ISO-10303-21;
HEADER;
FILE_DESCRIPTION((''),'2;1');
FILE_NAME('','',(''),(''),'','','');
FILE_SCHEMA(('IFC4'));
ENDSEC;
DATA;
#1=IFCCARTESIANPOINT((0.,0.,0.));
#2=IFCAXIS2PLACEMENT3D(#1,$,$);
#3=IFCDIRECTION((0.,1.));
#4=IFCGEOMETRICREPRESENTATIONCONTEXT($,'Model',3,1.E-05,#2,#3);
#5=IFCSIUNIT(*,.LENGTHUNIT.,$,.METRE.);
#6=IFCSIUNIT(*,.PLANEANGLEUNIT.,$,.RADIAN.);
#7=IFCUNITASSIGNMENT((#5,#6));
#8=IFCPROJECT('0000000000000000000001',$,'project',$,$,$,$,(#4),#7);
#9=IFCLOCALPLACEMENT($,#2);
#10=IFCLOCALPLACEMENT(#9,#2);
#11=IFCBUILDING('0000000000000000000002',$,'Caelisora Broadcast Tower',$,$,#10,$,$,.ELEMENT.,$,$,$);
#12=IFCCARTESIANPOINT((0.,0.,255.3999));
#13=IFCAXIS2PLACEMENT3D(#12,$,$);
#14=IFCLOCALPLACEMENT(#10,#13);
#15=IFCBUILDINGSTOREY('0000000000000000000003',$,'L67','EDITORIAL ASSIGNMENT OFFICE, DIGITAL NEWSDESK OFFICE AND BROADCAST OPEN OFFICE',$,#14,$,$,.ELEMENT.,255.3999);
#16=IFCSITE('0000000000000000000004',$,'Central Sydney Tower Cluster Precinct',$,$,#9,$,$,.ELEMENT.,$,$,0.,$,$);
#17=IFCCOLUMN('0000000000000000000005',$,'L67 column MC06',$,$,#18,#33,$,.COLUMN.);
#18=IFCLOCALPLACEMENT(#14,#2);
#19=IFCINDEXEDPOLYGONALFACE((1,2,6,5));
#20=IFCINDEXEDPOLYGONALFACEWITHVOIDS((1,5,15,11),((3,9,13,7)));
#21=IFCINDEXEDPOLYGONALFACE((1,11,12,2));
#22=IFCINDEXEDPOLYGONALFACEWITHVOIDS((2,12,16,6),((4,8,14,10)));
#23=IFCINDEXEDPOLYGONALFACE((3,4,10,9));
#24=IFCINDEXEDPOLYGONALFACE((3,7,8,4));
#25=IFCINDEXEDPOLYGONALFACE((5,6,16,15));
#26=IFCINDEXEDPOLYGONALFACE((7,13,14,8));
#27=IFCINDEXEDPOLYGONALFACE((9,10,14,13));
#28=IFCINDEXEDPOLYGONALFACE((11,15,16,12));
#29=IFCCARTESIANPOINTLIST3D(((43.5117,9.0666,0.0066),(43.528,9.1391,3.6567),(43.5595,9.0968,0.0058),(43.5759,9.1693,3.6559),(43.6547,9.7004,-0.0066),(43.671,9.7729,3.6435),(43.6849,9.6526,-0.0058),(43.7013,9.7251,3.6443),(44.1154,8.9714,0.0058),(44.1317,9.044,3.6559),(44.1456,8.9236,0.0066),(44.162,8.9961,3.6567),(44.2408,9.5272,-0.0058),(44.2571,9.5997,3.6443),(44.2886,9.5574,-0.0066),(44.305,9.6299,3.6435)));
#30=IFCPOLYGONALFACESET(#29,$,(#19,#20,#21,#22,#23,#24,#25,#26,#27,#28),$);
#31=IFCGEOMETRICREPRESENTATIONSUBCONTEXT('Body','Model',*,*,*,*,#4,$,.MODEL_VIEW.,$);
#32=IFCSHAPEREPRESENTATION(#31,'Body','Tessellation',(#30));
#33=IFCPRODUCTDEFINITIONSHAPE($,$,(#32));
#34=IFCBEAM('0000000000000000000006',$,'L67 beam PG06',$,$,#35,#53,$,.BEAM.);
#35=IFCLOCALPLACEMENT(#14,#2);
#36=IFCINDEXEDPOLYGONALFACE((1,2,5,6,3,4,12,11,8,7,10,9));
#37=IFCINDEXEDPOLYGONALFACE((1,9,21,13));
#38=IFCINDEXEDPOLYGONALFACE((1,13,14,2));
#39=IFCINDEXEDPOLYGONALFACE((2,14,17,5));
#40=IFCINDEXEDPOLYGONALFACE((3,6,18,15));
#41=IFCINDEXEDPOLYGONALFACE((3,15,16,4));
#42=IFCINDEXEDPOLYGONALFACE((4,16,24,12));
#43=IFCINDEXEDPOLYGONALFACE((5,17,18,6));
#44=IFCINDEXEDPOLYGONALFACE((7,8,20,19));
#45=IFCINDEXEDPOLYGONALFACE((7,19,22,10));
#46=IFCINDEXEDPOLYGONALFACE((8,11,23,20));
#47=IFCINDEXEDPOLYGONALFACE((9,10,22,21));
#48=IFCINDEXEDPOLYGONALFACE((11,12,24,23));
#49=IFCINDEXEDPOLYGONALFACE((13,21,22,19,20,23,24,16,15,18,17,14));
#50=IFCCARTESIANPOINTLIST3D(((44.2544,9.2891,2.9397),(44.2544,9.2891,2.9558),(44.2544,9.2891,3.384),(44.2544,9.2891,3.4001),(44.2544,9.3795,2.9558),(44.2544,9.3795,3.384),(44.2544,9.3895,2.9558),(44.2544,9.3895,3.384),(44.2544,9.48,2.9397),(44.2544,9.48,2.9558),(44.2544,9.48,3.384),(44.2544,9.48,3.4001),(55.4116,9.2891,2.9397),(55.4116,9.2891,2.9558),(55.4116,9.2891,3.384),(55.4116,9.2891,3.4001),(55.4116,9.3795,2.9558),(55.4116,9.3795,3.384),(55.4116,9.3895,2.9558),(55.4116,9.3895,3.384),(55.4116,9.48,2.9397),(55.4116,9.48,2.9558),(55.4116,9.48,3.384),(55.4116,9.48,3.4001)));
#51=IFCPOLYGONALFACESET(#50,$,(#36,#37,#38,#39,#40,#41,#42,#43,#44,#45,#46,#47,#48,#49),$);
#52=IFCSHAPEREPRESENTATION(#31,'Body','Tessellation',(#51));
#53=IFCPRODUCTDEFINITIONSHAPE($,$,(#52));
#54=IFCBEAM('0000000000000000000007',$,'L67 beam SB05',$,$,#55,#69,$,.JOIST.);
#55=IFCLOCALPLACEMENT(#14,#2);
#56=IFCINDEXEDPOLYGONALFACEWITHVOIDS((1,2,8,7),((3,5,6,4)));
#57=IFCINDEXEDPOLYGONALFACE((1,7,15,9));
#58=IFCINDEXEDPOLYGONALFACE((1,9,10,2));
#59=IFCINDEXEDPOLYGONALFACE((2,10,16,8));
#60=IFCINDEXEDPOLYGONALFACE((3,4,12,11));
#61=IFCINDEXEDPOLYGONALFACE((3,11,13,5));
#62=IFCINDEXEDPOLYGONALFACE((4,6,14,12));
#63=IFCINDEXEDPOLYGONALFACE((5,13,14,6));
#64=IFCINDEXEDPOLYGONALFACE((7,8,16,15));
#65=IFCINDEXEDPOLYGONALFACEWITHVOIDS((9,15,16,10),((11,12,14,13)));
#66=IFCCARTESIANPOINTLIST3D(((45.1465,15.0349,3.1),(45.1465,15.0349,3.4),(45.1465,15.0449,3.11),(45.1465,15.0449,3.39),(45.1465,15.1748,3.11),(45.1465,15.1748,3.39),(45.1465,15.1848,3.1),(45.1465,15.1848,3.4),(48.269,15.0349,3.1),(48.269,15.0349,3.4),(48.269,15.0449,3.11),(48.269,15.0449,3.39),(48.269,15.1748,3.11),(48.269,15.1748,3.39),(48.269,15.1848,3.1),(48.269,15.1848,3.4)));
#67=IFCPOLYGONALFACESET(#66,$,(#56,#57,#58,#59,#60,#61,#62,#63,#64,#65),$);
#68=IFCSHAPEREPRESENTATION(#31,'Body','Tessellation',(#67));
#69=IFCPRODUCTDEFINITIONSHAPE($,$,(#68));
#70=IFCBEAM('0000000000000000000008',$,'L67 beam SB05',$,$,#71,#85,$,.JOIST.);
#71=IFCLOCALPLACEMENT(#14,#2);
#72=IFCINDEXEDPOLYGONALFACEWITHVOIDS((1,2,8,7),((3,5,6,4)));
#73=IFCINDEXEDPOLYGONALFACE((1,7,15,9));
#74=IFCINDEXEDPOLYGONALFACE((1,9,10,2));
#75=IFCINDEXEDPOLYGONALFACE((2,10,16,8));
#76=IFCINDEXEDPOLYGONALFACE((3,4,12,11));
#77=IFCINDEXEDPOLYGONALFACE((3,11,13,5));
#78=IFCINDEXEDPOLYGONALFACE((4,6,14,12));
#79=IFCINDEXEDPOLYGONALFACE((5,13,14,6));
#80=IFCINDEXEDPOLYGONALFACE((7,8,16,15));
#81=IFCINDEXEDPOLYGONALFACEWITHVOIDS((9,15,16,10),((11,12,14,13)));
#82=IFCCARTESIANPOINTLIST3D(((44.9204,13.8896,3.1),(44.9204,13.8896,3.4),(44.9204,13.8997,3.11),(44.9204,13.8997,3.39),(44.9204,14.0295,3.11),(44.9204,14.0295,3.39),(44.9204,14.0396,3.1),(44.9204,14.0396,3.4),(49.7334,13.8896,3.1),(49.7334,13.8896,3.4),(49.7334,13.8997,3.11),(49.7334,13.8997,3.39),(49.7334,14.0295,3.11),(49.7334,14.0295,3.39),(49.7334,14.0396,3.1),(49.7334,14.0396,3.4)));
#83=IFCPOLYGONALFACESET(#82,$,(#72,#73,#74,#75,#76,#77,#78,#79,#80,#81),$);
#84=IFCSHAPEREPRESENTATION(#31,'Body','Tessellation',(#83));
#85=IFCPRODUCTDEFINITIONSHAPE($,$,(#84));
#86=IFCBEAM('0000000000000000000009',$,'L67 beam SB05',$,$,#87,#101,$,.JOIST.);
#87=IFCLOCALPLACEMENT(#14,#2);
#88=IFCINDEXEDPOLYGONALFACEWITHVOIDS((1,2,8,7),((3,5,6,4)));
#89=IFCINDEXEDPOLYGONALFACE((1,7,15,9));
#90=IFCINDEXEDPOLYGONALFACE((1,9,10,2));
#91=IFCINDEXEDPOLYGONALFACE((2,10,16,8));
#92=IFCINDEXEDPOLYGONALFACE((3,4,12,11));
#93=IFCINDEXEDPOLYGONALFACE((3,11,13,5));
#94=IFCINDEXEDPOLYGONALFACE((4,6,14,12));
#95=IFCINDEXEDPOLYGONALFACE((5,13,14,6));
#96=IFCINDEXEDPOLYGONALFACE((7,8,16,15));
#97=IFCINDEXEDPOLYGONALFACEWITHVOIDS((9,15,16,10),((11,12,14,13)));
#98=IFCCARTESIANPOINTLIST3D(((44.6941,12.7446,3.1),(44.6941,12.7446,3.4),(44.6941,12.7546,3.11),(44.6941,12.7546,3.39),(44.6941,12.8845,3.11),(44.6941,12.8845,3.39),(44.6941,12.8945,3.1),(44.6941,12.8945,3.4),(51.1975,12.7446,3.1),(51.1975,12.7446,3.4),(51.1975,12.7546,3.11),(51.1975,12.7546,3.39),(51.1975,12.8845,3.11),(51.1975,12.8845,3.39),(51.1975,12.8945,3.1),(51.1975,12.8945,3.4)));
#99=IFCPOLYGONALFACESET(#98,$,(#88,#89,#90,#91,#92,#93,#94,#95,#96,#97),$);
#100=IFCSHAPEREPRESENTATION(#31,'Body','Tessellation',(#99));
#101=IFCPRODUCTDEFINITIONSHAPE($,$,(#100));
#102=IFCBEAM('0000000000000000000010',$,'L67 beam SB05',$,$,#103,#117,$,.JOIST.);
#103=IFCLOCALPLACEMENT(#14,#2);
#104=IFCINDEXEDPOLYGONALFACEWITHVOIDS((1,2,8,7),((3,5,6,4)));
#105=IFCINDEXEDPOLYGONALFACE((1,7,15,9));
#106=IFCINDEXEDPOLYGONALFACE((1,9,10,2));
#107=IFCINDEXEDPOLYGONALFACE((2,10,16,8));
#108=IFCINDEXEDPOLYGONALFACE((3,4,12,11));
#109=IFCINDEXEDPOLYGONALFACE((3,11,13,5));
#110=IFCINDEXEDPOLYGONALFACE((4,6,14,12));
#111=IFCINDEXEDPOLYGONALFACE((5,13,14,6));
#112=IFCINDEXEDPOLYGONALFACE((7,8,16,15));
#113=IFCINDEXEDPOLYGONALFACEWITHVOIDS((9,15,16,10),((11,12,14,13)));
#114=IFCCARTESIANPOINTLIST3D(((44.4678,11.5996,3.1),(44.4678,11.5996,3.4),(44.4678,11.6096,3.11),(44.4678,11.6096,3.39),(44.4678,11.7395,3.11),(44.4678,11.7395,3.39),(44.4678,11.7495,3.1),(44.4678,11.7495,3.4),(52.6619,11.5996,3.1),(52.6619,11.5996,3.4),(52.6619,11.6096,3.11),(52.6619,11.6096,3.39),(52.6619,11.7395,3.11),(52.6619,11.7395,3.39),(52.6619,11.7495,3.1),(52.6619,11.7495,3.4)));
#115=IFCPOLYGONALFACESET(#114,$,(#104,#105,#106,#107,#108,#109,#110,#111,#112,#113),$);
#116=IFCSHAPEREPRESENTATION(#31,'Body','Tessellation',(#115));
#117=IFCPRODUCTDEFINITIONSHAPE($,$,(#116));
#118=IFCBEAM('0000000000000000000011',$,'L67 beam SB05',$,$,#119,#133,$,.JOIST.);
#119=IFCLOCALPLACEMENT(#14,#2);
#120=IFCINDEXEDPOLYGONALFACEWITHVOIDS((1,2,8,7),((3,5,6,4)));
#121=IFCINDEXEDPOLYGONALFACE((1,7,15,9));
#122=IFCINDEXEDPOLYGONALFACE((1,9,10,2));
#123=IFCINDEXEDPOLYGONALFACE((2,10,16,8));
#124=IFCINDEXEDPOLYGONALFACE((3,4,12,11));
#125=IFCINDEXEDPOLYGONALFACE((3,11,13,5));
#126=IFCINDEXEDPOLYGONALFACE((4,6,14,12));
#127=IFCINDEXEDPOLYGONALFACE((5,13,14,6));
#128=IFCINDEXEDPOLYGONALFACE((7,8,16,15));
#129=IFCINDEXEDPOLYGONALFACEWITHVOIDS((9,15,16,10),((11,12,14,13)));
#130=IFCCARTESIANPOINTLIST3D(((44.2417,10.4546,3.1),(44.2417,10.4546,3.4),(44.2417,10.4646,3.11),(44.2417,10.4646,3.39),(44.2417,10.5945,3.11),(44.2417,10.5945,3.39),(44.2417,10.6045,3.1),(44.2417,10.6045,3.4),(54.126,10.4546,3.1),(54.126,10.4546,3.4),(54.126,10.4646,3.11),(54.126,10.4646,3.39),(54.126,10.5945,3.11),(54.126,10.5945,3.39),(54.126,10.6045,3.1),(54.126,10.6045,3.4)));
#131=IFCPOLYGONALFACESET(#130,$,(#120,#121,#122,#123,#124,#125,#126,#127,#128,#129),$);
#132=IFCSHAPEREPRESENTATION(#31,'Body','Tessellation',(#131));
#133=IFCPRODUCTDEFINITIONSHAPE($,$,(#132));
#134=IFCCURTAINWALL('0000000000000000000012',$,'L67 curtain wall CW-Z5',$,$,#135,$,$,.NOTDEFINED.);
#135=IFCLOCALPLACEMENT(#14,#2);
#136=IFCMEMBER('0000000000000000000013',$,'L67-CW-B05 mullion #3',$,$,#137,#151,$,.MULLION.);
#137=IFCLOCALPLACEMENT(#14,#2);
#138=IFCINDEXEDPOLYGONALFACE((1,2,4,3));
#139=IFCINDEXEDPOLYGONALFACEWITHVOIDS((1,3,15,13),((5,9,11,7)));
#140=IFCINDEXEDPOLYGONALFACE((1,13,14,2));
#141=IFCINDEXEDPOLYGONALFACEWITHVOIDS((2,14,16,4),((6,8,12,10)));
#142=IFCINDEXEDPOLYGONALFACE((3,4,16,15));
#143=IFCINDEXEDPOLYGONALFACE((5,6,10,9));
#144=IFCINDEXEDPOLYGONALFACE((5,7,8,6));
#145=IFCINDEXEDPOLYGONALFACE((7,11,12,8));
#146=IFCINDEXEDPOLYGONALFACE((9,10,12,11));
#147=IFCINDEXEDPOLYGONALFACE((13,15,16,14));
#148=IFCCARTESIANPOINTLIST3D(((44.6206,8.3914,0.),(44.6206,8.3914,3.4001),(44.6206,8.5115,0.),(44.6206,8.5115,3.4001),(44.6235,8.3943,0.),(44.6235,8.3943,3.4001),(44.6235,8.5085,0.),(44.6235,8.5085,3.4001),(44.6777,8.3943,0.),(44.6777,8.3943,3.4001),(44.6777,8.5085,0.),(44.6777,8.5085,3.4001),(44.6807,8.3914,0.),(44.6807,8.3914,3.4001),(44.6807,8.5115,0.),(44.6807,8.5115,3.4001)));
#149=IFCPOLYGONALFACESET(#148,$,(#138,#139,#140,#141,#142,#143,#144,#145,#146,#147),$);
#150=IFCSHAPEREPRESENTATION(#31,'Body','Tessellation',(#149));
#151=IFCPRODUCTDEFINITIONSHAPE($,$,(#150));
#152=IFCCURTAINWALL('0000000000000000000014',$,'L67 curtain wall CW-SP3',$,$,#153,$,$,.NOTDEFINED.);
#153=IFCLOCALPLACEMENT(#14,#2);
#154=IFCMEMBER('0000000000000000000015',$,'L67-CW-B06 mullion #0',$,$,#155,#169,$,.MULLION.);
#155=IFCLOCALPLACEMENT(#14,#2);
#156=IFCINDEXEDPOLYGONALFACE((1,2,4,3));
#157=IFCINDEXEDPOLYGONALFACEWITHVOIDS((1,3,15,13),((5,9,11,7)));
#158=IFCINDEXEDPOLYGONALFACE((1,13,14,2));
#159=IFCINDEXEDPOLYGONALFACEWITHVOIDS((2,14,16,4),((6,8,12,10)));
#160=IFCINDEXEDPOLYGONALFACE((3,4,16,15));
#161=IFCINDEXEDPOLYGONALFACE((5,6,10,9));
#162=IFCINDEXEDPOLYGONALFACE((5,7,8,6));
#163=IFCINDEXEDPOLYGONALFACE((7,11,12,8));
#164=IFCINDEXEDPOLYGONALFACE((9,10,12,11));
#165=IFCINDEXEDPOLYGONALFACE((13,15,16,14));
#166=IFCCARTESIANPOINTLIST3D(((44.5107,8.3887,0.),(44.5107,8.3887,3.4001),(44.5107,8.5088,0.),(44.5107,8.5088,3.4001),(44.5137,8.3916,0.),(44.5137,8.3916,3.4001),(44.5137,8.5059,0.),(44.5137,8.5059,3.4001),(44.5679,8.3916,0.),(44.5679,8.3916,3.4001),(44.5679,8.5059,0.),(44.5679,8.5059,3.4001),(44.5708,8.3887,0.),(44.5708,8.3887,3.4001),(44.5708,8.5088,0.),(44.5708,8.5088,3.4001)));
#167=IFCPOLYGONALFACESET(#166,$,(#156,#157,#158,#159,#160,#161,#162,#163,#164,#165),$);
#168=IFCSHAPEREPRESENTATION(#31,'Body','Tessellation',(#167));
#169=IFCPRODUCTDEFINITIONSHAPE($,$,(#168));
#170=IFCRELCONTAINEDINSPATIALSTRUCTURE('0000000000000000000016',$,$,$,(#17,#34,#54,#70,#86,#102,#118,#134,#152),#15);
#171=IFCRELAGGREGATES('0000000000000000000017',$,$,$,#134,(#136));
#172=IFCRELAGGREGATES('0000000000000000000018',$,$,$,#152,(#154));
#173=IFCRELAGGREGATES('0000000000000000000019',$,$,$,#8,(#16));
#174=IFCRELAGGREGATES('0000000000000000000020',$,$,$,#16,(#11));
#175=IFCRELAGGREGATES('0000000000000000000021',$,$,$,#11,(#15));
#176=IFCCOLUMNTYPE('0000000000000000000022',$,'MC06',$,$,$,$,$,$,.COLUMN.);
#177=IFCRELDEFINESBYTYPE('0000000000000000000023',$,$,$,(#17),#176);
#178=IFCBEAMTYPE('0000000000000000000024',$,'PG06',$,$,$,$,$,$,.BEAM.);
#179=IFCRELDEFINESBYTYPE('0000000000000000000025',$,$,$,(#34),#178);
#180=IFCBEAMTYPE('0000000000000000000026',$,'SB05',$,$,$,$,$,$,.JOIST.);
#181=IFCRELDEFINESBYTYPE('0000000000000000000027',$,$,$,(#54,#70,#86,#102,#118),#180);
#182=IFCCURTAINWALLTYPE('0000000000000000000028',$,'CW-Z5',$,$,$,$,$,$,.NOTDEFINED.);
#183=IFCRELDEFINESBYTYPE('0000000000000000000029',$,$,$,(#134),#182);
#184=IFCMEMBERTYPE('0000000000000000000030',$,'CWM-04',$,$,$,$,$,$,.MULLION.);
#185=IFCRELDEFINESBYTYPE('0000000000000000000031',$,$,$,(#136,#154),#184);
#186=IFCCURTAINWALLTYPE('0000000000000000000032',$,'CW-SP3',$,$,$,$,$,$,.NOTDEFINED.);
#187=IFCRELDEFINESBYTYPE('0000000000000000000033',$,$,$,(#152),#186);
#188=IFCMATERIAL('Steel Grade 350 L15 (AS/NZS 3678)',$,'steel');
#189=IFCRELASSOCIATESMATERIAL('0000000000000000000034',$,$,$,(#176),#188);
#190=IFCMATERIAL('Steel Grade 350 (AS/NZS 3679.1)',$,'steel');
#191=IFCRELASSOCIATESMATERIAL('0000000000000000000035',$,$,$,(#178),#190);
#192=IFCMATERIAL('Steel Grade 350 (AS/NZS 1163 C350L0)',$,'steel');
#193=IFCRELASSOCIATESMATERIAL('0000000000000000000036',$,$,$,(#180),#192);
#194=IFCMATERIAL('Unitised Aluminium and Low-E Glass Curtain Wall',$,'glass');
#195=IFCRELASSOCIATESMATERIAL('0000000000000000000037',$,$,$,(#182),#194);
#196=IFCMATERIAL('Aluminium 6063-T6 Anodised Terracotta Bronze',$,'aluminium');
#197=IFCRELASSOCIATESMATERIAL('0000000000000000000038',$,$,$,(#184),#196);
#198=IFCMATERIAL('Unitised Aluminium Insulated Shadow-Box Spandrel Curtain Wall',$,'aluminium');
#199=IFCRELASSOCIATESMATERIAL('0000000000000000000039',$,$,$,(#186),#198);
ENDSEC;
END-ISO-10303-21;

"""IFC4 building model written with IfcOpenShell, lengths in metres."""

from ifc_helpers import new_model, si_unit, direction, frame, origin, origin_2d, place, context, subcontext, project, spatial, hollow_rectangle, i_section, extrude, source, transform, mapped, material, material_profile, profile_set, type_object, type_shapes, element, aggregate, save


model = new_model("IFC4")

# Units and contexts
model_context = context("Model", 3, precision=1e-05, world=origin(), true_north=direction((0.0, 1.0)))
body_context = subcontext(model_context, "Body", "Model", "MODEL_VIEW")
ifc_project = project(units=[si_unit("LENGTHUNIT", "METRE"), si_unit("PLANEANGLEUNIT", "RADIAN")], contexts=[model_context])

# Site, building, storey
site_placement = place(None, origin())
site = spatial("IfcSite", under=ifc_project, at=site_placement, Name="Central Sydney Tower Cluster Precinct", CompositionType="ELEMENT", RefElevation=0.0)
building_placement = place(site_placement, origin())
building = spatial("IfcBuilding", under=site, at=building_placement, Name="Caelisora Broadcast Tower", CompositionType="ELEMENT")
storey_placement = place(building_placement, frame((0.0, 0.0, 255.3999)))
storey = spatial("IfcBuildingStorey", under=building, at=storey_placement, Name="L67", Description="EDITORIAL ASSIGNMENT OFFICE, DIGITAL NEWSDESK OFFICE AND BROADCAST OPEN OFFICE", CompositionType="ELEMENT", Elevation=255.3999)

# Column
ifc_material_1 = material(Name="Steel Grade 350 L15 (AS/NZS 3678)", Category="steel")
ifc_material_profile_1 = material_profile(ifc_material_1, hollow_rectangle(XDim=0.6499, YDim=0.6499, WallThickness=0.04, at=origin_2d()), Name="Steel Grade 350 L15 (AS/NZS 3678)")
ifc_profile_set_1 = profile_set([ifc_material_profile_1], Name="Steel Grade 350 L15 (AS/NZS 3678)")
column_type = type_object("IfcColumnType", Name="MC06", PredefinedType="COLUMN", material=ifc_profile_set_1)
shared_shape_1 = source(origin(), body_context, "Body", "SweptSolid", [
    extrude(hollow_rectangle(XDim=0.6499, YDim=0.6499, WallThickness=0.04, at=origin_2d()), origin(), (0.0, 0.0, 1.0), 3.6509),
])
type_shapes(column_type, [shared_shape_1])
column_placement = place(storey_placement, frame((43.9001, 9.312, 0.0), z_axis=(0.00448, 0.019861, 0.999793), x_axis=(-0.975487, 0.220059, 0.0)))
element("IfcColumn", 1, at=column_placement, inside=storey, type_object=column_type, Name="L67 column MC06", PredefinedType="COLUMN", context=body_context, shape_type="MappedRepresentation", body=[
    mapped(shared_shape_1, transform((0.0, 0.0, 0.0), scale=1.0)),
])

# Beams
ifc_material_2 = material(Name="Steel Grade 350 (AS/NZS 3679.1)", Category="steel")
ifc_material_profile_2 = material_profile(ifc_material_2, i_section(OverallWidth=0.1909, OverallDepth=0.4604, WebThickness=0.01, FlangeThickness=0.0161, at=origin_2d()), Name="Steel Grade 350 (AS/NZS 3679.1)")
ifc_profile_set_2 = profile_set([ifc_material_profile_2], Name="Steel Grade 350 (AS/NZS 3679.1)")
beam_type_1 = type_object("IfcBeamType", Name="PG06", PredefinedType="BEAM", material=ifc_profile_set_2)
shared_shape_2 = source(origin(), body_context, "Body", "SweptSolid", [
    extrude(i_section(OverallWidth=0.1909, OverallDepth=0.4604, WebThickness=0.01, FlangeThickness=0.0161, at=origin_2d()), origin(), (0.0, 0.0, 1.0), 11.1572),
])
type_shapes(beam_type_1, [shared_shape_2])
beam_1_placement = place(storey_placement, frame((44.2544, 9.3845, 3.1699), z_axis=(1.0, 0.0, 0.0), x_axis=(0.0, 1.0, 0.0)))
element("IfcBeam", 2, at=beam_1_placement, inside=storey, type_object=beam_type_1, Name="L67 beam PG06", PredefinedType="BEAM", context=body_context, shape_type="MappedRepresentation", body=[
    mapped(shared_shape_2, transform((0.0, 0.0, 0.0), scale=1.0)),
])
ifc_material_3 = material(Name="Steel Grade 350 (AS/NZS 1163 C350L0)", Category="steel")
ifc_material_profile_3 = material_profile(ifc_material_3, hollow_rectangle(XDim=0.1499, YDim=0.3, WallThickness=0.01, at=origin_2d()), Name="Steel Grade 350 (AS/NZS 1163 C350L0)")
ifc_profile_set_3 = profile_set([ifc_material_profile_3], Name="Steel Grade 350 (AS/NZS 1163 C350L0)")
beam_type_2 = type_object("IfcBeamType", Name="SB05", PredefinedType="JOIST", material=ifc_profile_set_3)
shared_shape_3 = source(origin(), body_context, "Body", "SweptSolid", [
    extrude(hollow_rectangle(XDim=0.1499, YDim=0.3, WallThickness=0.01, at=origin_2d()), origin(), (0.0, 0.0, 1.0), 3.1226),
])
beam_2_placement = place(storey_placement, frame((45.1465, 15.1099, 3.25), z_axis=(1.0, 0.0, 0.0), x_axis=(0.0, 1.0, 0.0)))
element("IfcBeam", 3, at=beam_2_placement, inside=storey, type_object=beam_type_2, Name="L67 beam SB05", PredefinedType="JOIST", context=body_context, shape_type="MappedRepresentation", body=[
    mapped(shared_shape_3, transform((0.0, 0.0, 0.0), scale=1.0)),
])
shared_shape_4 = source(origin(), body_context, "Body", "SweptSolid", [
    extrude(hollow_rectangle(XDim=0.1499, YDim=0.3, WallThickness=0.01, at=origin_2d()), origin(), (0.0, 0.0, 1.0), 4.813),
])
beam_3_placement = place(storey_placement, frame((44.9204, 13.9646, 3.25), z_axis=(1.0, 0.0, 0.0), x_axis=(0.0, 1.0, 0.0)))
element("IfcBeam", 4, at=beam_3_placement, inside=storey, type_object=beam_type_2, Name="L67 beam SB05", PredefinedType="JOIST", context=body_context, shape_type="MappedRepresentation", body=[
    mapped(shared_shape_4, transform((0.0, 0.0, 0.0), scale=1.0)),
])
shared_shape_5 = source(origin(), body_context, "Body", "SweptSolid", [
    extrude(hollow_rectangle(XDim=0.1499, YDim=0.3, WallThickness=0.01, at=origin_2d()), origin(), (0.0, 0.0, 1.0), 6.5034),
])
beam_4_placement = place(storey_placement, frame((44.6941, 12.8196, 3.25), z_axis=(1.0, 0.0, 0.0), x_axis=(0.0, 1.0, 0.0)))
element("IfcBeam", 5, at=beam_4_placement, inside=storey, type_object=beam_type_2, Name="L67 beam SB05", PredefinedType="JOIST", context=body_context, shape_type="MappedRepresentation", body=[
    mapped(shared_shape_5, transform((0.0, 0.0, 0.0), scale=1.0)),
])
shared_shape_6 = source(origin(), body_context, "Body", "SweptSolid", [
    extrude(hollow_rectangle(XDim=0.1499, YDim=0.3, WallThickness=0.01, at=origin_2d()), origin(), (0.0, 0.0, 1.0), 8.1941),
])
beam_5_placement = place(storey_placement, frame((44.4678, 11.6746, 3.25), z_axis=(1.0, 0.0, 0.0), x_axis=(0.0, 1.0, 0.0)))
element("IfcBeam", 6, at=beam_5_placement, inside=storey, type_object=beam_type_2, Name="L67 beam SB05", PredefinedType="JOIST", context=body_context, shape_type="MappedRepresentation", body=[
    mapped(shared_shape_6, transform((0.0, 0.0, 0.0), scale=1.0)),
])
shared_shape_7 = source(origin(), body_context, "Body", "SweptSolid", [
    extrude(hollow_rectangle(XDim=0.1499, YDim=0.3, WallThickness=0.01, at=origin_2d()), origin(), (0.0, 0.0, 1.0), 9.8843),
])
type_shapes(beam_type_2, [shared_shape_3, shared_shape_4, shared_shape_5, shared_shape_6, shared_shape_7])
beam_6_placement = place(storey_placement, frame((44.2417, 10.5295, 3.25), z_axis=(1.0, 0.0, 0.0), x_axis=(0.0, 1.0, 0.0)))
element("IfcBeam", 7, at=beam_6_placement, inside=storey, type_object=beam_type_2, Name="L67 beam SB05", PredefinedType="JOIST", context=body_context, shape_type="MappedRepresentation", body=[
    mapped(shared_shape_7, transform((0.0, 0.0, 0.0), scale=1.0)),
])

# Curtain wall, member
ifc_material_4 = material(Name="Unitised Aluminium and Low-E Glass Curtain Wall", Category="glass")
curtain_wall_type_1 = type_object("IfcCurtainWallType", Name="CW-Z5", PredefinedType="NOTDEFINED", material=ifc_material_4)
curtain_wall_1_placement = place(storey_placement, origin())
curtain_wall_1 = element("IfcCurtainWall", 8, at=curtain_wall_1_placement, inside=storey, type_object=curtain_wall_type_1, Name="L67 curtain wall CW-Z5", PredefinedType="NOTDEFINED")
ifc_material_5 = material(Name="Aluminium 6063-T6 Anodised Terracotta Bronze", Category="aluminium")
ifc_material_profile_4 = material_profile(ifc_material_5, hollow_rectangle(XDim=0.0601, YDim=0.1201, WallThickness=0.0029, at=origin_2d()), Name="Aluminium 6063-T6 Anodised Terracotta Bronze")
ifc_profile_set_4 = profile_set([ifc_material_profile_4], Name="Aluminium 6063-T6 Anodised Terracotta Bronze")
member_type_1 = type_object("IfcMemberType", Name="CWM-04", PredefinedType="MULLION", material=ifc_profile_set_4)
shared_shape_8 = source(origin(), body_context, "Body", "SweptSolid", [
    extrude(hollow_rectangle(XDim=0.0601, YDim=0.1201, WallThickness=0.0029, at=origin_2d()), origin(), (0.0, 0.0, 1.0), 3.4001),
])
type_shapes(member_type_1, [shared_shape_8])
member_1_placement = place(storey_placement, frame((44.6506, 8.4514, 0.0), z_axis=(0.0, 0.0, 1.0), x_axis=(1.0, 0.0, 0.0)))
member_1 = element("IfcMember", 9, at=member_1_placement, type_object=member_type_1, Name="L67-CW-B05 mullion #3", PredefinedType="MULLION", context=body_context, shape_type="MappedRepresentation", body=[
    mapped(shared_shape_8, transform((0.0, 0.0, 0.0), scale=1.0)),
])
aggregate(curtain_wall_1, [member_1])

# Curtain wall, member
ifc_material_6 = material(Name="Unitised Aluminium Insulated Shadow-Box Spandrel Curtain Wall", Category="aluminium")
curtain_wall_type_2 = type_object("IfcCurtainWallType", Name="CW-SP3", PredefinedType="NOTDEFINED", material=ifc_material_6)
curtain_wall_2_placement = place(storey_placement, origin())
curtain_wall_2 = element("IfcCurtainWall", 10, at=curtain_wall_2_placement, inside=storey, type_object=curtain_wall_type_2, Name="L67 curtain wall CW-SP3", PredefinedType="NOTDEFINED")
member_2_placement = place(storey_placement, frame((44.5408, 8.4487, 0.0), z_axis=(0.0, 0.0, 1.0), x_axis=(1.0, 0.0, 0.0)))
member_2 = element("IfcMember", 11, at=member_2_placement, type_object=member_type_1, Name="L67-CW-B06 mullion #0", PredefinedType="MULLION", context=body_context, shape_type="MappedRepresentation", body=[
    mapped(shared_shape_8, transform((0.0, 0.0, 0.0), scale=1.0)),
])

aggregate(curtain_wall_2, [member_2])

save(model, "model.ifc")
